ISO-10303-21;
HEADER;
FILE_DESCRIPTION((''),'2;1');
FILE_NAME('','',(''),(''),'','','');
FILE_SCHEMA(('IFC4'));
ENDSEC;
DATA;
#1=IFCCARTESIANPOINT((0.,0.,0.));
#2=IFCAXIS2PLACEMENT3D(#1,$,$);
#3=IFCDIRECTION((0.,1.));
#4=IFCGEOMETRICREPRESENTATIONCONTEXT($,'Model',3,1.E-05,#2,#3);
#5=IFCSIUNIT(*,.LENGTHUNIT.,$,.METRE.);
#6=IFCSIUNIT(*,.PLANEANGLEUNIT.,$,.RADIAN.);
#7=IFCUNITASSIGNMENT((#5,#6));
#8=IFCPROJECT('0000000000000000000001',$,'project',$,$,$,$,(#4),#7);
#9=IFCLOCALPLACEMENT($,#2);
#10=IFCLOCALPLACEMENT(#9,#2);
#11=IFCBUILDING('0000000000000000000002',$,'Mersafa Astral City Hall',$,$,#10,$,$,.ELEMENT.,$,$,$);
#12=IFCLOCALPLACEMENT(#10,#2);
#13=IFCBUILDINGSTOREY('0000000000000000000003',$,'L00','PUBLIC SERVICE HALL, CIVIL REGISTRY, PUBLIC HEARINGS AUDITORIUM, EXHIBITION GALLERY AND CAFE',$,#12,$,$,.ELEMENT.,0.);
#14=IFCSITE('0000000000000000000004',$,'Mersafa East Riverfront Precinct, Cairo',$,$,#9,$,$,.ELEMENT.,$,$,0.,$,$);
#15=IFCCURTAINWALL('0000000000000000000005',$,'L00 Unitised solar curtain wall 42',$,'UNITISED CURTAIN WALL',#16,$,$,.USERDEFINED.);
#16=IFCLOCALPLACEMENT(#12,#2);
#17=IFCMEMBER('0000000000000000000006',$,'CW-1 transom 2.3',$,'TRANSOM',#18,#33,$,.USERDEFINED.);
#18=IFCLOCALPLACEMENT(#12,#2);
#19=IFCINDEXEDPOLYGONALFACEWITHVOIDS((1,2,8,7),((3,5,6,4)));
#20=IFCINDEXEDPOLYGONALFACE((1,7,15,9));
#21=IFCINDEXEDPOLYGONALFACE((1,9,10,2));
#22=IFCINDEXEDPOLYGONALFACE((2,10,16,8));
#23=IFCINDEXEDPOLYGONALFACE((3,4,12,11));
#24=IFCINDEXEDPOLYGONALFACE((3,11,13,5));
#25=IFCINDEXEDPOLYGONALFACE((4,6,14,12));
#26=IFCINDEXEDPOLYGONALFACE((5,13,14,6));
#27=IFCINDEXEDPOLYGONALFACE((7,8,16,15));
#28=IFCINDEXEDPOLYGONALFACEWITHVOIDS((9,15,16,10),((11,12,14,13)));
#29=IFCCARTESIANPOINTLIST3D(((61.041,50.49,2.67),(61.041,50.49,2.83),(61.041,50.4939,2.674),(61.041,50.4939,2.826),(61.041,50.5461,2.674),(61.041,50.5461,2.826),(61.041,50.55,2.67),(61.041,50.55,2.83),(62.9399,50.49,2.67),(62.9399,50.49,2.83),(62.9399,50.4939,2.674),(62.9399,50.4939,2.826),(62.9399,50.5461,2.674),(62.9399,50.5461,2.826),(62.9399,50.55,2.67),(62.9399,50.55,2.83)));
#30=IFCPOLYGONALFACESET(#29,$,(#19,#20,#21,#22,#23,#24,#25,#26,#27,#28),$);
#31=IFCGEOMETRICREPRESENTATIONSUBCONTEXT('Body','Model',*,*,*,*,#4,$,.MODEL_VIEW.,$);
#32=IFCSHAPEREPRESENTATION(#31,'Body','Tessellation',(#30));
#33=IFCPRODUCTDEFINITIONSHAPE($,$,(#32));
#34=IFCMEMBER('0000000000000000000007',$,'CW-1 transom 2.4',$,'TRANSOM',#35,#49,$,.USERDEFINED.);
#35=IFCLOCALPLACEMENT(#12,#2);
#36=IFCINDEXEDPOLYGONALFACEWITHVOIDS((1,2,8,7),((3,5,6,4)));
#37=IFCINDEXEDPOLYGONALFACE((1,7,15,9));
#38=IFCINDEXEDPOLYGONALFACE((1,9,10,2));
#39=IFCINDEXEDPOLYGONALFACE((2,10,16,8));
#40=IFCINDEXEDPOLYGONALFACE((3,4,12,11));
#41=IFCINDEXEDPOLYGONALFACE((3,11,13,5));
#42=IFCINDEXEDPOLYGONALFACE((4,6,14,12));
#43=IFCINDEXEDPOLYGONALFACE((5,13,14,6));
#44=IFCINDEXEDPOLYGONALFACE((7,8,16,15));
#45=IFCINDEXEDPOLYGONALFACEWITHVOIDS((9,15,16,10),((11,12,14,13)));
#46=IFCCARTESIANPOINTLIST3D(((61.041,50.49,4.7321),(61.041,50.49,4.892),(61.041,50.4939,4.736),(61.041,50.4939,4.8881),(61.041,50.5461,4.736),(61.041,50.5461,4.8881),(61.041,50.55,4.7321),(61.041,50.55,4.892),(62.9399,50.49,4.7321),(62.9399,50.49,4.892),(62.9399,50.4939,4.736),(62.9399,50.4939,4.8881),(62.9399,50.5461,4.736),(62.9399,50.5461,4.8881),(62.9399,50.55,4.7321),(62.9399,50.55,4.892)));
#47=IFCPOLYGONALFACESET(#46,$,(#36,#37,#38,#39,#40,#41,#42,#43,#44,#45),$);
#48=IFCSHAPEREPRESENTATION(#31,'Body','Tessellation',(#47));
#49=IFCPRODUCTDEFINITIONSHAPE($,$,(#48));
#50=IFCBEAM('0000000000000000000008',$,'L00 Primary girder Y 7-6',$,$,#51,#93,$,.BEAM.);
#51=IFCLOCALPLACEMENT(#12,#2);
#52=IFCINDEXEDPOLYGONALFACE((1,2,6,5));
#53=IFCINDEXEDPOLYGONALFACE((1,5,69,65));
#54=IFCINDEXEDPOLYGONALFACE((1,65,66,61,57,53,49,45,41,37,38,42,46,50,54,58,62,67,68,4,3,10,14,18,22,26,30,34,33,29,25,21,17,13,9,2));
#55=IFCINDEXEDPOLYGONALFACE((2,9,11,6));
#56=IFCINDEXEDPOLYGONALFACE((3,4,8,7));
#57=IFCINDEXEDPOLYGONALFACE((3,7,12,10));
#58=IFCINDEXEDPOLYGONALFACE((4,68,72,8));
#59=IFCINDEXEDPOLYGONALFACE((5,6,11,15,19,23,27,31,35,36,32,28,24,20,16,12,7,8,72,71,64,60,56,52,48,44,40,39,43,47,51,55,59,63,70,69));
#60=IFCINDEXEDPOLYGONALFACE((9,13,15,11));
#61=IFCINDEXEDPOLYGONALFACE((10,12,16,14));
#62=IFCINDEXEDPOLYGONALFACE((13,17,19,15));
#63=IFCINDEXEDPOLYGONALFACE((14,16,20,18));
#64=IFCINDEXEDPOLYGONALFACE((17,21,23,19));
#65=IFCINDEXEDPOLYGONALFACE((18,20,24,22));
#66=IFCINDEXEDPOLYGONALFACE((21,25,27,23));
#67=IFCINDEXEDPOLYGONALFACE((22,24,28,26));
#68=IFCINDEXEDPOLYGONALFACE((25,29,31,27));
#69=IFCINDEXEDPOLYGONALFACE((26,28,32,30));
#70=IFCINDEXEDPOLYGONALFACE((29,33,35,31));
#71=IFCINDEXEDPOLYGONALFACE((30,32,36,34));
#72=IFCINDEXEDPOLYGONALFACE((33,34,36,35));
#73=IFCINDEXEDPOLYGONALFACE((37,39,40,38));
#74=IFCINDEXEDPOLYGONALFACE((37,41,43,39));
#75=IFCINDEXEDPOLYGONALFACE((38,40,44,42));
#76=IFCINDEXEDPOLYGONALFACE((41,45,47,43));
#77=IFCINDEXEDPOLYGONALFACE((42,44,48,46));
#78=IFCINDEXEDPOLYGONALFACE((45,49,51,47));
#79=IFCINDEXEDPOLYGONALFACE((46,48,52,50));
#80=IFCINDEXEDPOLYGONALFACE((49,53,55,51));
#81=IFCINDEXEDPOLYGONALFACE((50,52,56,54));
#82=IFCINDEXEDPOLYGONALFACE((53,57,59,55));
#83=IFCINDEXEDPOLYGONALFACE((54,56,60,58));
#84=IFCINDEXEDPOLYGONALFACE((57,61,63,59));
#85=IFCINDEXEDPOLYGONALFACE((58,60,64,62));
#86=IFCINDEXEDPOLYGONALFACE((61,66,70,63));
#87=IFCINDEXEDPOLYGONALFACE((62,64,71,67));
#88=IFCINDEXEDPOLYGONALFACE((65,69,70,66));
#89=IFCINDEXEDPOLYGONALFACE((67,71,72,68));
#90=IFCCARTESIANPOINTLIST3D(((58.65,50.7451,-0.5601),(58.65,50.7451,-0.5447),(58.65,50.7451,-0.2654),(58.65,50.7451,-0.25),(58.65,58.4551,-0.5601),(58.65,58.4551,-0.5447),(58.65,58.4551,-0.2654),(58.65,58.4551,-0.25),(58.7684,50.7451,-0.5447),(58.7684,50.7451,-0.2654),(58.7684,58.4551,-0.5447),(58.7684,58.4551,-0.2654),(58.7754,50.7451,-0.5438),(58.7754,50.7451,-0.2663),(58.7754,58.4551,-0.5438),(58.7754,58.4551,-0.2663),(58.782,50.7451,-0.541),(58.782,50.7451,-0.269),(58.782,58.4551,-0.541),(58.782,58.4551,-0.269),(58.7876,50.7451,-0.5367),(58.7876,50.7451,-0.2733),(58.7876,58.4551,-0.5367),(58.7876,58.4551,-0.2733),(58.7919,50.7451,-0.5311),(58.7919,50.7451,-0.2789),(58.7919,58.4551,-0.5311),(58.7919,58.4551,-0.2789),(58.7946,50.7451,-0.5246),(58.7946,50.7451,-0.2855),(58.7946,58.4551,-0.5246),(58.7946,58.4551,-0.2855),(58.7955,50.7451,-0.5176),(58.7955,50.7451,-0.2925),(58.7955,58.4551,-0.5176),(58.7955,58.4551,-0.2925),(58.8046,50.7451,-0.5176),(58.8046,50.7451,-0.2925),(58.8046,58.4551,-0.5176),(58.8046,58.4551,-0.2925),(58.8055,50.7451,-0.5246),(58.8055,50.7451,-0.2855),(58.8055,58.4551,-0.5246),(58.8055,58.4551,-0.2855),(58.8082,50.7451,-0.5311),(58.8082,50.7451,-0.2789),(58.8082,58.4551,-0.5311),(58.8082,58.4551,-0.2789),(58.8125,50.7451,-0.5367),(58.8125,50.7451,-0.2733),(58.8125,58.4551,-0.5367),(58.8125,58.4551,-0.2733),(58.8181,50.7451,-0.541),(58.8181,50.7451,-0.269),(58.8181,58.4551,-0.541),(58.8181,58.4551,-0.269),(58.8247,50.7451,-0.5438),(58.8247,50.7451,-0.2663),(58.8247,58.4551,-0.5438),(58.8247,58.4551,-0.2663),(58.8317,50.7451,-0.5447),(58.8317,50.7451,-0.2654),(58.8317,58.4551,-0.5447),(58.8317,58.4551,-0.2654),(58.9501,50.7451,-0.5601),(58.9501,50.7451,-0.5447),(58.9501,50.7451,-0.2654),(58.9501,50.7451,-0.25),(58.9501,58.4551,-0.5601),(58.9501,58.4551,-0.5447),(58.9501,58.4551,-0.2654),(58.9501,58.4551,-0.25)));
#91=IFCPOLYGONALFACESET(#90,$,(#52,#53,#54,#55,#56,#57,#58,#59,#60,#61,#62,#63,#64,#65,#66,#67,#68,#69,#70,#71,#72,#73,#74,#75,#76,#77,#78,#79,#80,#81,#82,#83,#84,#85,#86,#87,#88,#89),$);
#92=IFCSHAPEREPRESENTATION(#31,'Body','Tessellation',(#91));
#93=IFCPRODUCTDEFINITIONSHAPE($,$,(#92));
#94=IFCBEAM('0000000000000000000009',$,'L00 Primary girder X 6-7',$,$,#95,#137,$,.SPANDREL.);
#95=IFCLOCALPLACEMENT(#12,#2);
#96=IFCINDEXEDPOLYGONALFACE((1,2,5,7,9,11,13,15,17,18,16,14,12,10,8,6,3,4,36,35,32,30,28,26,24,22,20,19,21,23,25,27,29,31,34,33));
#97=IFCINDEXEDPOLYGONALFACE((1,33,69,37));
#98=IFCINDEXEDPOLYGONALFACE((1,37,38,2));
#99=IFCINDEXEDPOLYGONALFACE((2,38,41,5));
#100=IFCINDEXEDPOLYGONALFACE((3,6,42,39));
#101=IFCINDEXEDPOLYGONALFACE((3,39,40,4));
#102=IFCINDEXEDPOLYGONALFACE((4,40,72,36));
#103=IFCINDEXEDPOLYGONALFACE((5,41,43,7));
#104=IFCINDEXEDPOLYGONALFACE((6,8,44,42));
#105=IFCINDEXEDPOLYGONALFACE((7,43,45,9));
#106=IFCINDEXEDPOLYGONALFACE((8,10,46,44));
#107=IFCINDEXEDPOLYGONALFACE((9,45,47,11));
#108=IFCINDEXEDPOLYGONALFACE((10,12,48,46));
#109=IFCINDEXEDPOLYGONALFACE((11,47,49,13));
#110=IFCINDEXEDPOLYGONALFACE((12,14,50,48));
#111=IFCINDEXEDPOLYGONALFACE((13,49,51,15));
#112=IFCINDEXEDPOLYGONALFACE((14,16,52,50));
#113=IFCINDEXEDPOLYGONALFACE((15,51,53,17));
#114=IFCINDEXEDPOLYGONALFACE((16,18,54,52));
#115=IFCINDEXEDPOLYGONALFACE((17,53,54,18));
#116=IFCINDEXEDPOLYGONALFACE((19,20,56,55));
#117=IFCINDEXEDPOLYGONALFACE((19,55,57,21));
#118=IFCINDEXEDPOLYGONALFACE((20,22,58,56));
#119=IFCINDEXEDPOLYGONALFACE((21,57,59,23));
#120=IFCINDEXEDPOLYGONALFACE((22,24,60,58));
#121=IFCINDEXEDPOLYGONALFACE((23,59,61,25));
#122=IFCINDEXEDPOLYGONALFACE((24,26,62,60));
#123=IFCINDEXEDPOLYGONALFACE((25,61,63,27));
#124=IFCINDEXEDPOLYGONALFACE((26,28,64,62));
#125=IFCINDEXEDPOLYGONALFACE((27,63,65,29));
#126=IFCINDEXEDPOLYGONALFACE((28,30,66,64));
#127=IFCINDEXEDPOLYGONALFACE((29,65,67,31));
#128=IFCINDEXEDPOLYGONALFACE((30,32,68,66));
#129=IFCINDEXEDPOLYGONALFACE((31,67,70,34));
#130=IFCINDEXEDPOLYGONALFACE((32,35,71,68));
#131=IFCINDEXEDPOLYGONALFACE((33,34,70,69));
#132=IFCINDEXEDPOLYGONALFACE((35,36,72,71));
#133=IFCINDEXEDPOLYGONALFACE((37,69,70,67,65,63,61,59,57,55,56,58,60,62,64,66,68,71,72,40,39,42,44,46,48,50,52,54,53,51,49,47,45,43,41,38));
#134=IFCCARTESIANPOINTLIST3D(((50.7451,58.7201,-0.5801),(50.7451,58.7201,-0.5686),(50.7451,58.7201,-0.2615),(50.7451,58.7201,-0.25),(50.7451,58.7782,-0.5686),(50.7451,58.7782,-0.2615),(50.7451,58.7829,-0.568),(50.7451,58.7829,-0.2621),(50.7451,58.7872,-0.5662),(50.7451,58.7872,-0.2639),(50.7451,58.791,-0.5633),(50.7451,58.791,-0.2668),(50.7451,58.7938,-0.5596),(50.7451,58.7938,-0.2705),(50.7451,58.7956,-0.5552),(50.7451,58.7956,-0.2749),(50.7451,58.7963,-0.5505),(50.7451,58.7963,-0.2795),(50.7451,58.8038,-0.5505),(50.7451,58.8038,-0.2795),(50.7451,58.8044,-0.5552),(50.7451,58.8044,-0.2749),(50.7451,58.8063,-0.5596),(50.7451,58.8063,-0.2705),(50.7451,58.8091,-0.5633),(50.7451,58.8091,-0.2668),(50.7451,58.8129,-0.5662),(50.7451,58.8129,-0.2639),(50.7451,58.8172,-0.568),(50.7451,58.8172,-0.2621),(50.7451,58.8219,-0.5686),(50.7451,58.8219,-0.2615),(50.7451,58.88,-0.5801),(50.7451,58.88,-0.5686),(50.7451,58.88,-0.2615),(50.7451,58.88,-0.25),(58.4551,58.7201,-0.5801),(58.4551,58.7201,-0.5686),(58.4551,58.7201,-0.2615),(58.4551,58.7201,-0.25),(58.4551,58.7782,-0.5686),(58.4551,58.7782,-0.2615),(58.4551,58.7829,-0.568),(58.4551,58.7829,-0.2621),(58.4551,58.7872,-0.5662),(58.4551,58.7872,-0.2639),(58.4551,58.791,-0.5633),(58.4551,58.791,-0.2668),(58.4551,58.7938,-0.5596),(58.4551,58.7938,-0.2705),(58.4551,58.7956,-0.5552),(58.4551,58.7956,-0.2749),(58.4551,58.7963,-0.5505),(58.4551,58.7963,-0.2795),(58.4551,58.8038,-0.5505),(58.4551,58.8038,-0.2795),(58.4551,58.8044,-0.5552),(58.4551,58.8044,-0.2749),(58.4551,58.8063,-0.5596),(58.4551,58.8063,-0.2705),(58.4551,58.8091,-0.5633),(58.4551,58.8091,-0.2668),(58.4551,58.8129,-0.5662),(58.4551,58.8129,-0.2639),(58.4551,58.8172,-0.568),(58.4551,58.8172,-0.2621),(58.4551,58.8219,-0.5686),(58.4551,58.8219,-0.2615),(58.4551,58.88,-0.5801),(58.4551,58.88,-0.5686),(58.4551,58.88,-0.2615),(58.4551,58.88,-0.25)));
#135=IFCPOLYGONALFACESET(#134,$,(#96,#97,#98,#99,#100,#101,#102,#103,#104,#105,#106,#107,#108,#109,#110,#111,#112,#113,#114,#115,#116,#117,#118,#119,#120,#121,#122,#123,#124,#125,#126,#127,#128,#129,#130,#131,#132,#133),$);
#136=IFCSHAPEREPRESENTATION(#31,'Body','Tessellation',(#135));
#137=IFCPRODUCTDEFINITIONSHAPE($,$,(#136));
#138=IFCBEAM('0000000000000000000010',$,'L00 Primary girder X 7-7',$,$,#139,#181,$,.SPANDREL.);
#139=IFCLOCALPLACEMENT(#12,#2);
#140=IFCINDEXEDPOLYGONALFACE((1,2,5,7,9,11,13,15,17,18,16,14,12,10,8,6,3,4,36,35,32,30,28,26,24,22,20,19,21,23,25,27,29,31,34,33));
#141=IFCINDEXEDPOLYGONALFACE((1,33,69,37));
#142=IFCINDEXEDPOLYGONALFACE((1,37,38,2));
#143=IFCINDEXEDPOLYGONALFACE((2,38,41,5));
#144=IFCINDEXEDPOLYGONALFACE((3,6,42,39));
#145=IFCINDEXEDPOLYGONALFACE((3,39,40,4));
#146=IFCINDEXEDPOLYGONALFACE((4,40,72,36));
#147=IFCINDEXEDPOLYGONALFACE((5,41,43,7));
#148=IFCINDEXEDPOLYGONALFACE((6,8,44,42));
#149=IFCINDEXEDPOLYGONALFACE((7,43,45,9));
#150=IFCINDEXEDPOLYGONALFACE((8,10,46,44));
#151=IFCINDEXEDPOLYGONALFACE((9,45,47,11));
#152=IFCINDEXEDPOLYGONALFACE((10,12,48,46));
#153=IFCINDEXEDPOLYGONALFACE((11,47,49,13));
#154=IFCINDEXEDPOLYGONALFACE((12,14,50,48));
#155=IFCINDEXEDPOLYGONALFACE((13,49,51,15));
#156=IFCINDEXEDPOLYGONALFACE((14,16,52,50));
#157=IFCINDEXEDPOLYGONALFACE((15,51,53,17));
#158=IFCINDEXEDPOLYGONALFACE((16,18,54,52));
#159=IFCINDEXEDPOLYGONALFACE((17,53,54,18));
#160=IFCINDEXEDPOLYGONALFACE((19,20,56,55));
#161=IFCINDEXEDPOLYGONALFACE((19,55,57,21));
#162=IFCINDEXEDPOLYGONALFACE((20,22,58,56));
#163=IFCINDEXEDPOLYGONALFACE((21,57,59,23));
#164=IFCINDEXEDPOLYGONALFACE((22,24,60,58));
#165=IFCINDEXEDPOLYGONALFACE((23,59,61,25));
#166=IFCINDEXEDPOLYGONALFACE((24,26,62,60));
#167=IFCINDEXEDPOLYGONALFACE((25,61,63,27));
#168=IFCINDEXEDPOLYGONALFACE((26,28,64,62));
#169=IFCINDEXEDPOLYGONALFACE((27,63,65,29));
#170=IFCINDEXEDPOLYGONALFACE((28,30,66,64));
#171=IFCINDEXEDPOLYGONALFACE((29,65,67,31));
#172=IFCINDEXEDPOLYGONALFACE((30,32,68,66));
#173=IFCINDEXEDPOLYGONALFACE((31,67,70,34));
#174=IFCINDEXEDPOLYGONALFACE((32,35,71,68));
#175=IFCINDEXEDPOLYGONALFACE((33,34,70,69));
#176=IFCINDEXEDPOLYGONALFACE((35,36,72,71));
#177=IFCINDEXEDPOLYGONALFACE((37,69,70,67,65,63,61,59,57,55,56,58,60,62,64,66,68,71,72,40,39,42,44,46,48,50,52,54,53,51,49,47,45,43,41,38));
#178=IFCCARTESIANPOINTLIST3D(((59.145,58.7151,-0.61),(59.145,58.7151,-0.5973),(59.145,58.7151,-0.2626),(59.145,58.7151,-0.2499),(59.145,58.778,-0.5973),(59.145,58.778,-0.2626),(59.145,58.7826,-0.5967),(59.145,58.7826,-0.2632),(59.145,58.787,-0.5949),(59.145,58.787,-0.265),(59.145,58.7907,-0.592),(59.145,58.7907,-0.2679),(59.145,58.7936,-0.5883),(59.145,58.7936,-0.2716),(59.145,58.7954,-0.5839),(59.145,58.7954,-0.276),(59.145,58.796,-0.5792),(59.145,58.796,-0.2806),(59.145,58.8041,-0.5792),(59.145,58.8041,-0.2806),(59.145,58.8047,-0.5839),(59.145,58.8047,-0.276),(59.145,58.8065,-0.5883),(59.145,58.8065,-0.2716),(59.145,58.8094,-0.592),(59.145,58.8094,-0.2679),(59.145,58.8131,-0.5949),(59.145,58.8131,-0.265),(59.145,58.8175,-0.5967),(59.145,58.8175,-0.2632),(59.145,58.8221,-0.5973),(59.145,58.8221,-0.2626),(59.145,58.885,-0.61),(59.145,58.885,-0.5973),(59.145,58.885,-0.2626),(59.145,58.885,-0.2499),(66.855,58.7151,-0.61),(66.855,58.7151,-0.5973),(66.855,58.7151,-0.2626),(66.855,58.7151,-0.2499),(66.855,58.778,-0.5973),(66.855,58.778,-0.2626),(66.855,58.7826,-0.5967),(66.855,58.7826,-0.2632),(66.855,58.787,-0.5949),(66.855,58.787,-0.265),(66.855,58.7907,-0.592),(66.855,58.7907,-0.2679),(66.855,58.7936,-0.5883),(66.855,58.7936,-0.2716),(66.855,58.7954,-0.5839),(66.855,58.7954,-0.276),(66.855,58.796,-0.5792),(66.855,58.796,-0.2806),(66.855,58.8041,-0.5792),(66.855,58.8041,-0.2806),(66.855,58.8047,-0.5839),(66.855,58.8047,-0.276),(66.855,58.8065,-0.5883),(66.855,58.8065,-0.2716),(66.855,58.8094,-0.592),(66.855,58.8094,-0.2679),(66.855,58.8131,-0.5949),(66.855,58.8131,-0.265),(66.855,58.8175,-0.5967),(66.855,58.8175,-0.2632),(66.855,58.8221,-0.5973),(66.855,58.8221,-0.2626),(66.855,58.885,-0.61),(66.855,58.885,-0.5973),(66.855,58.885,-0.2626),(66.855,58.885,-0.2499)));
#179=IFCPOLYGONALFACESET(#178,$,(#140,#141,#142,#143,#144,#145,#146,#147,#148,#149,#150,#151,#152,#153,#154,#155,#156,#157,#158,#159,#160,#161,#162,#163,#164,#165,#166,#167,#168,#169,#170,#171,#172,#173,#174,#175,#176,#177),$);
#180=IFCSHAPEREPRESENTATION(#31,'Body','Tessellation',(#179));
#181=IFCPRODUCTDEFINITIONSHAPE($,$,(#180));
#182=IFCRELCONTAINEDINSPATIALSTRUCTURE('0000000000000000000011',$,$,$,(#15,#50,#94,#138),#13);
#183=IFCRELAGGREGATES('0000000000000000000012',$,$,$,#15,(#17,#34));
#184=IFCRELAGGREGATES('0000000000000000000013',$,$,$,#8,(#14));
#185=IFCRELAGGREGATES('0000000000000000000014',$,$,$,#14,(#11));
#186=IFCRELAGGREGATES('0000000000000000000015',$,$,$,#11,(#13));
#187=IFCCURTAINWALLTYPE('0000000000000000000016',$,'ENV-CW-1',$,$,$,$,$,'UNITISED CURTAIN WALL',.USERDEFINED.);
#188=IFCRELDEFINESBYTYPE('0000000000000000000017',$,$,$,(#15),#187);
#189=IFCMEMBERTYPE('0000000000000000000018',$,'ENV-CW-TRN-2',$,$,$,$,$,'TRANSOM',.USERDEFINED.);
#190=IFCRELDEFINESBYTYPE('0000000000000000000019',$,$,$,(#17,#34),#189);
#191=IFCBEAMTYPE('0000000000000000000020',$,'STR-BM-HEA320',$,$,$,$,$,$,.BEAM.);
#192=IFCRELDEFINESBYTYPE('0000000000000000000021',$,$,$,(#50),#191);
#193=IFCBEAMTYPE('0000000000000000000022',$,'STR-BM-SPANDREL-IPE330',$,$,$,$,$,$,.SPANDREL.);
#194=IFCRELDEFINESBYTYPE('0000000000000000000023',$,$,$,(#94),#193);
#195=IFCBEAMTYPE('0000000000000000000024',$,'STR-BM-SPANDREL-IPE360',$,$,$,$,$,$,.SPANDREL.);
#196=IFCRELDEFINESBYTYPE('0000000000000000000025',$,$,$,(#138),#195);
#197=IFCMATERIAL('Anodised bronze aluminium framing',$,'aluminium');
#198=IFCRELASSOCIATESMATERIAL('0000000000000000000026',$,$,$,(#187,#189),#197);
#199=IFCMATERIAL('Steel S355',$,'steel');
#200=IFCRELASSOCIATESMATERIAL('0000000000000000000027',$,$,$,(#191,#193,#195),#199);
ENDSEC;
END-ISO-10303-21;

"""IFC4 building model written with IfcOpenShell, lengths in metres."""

from ifc_helpers import new_model, si_unit, direction, frame, origin, origin_2d, place, context, subcontext, project, spatial, hollow_rectangle, i_section, extrude, material, material_profile, profile_set, type_object, element, aggregate, save


model = new_model("IFC4")

# Units and contexts
model_context = context("Model", 3, precision=1e-05, world=origin(), true_north=direction((0.0, 1.0)))
body_context = subcontext(model_context, "Body", "Model", "MODEL_VIEW")
ifc_project = project(units=[si_unit("LENGTHUNIT", "METRE"), si_unit("PLANEANGLEUNIT", "RADIAN")], contexts=[model_context])

# Site, building, storey
site_placement = place(None, origin())
site = spatial("IfcSite", under=ifc_project, at=site_placement, Name="Mersafa East Riverfront Precinct, Cairo", CompositionType="ELEMENT", RefElevation=0.0)
building_placement = place(site_placement, origin())
building = spatial("IfcBuilding", under=site, at=building_placement, Name="Mersafa Astral City Hall", CompositionType="ELEMENT")
storey_placement = place(building_placement, origin())
storey = spatial("IfcBuildingStorey", under=building, at=storey_placement, Name="L00", Description="PUBLIC SERVICE HALL, CIVIL REGISTRY, PUBLIC HEARINGS AUDITORIUM, EXHIBITION GALLERY AND CAFE", CompositionType="ELEMENT", Elevation=0.0)

# Shared definitions
ifc_material_1 = material(Name="Steel S355", Category="steel")

# Curtain wall, members
ifc_material_2 = material(Name="Anodised bronze aluminium framing", Category="aluminium")
curtain_wall_type = type_object("IfcCurtainWallType", Name="ENV-CW-1", ElementType="UNITISED CURTAIN WALL", PredefinedType="USERDEFINED", material=ifc_material_2)
curtain_wall_placement = place(storey_placement, origin())
curtain_wall = element("IfcCurtainWall", 1, at=curtain_wall_placement, inside=storey, type_object=curtain_wall_type, Name="L00 Unitised solar curtain wall 42", ObjectType="UNITISED CURTAIN WALL", PredefinedType="USERDEFINED")
ifc_material_profile_1 = material_profile(ifc_material_2, hollow_rectangle(XDim=0.0601, YDim=0.1599, WallThickness=0.0039, at=origin_2d()), Name="RHS 60x160x4")
ifc_profile_set_1 = profile_set([ifc_material_profile_1], Name="Anodised bronze aluminium framing")
member_type_1 = type_object("IfcMemberType", Name="ENV-CW-TRN-2", ElementType="TRANSOM", PredefinedType="USERDEFINED", material=ifc_profile_set_1)
member_1_placement = place(storey_placement, frame((61.041, 50.52, 2.75), z_axis=(1.0, 0.0, 0.0), x_axis=(0.0, 1.0, 0.0)))
member_1 = element("IfcMember", 2, at=member_1_placement, type_object=member_type_1, Name="CW-1 transom 2.3", ObjectType="TRANSOM", PredefinedType="USERDEFINED", context=body_context, shape_type="SweptSolid", body=[
    extrude(hollow_rectangle(XDim=0.0601, YDim=0.1599, WallThickness=0.0039, at=origin_2d()), origin(), (0.0, 0.0, 1.0), 1.8989),
])
member_2_placement = place(storey_placement, frame((61.041, 50.52, 4.812), z_axis=(1.0, 0.0, 0.0), x_axis=(0.0, 1.0, 0.0)))
member_2 = element("IfcMember", 3, at=member_2_placement, type_object=member_type_1, Name="CW-1 transom 2.4", ObjectType="TRANSOM", PredefinedType="USERDEFINED", context=body_context, shape_type="SweptSolid", body=[
    extrude(hollow_rectangle(XDim=0.0601, YDim=0.1599, WallThickness=0.0039, at=origin_2d()), origin(), (0.0, 0.0, 1.0), 1.8989),
])

# Beams
ifc_material_profile_2 = material_profile(ifc_material_1, i_section(OverallWidth=0.3, OverallDepth=0.3101, WebThickness=0.009, FlangeThickness=0.0154, FilletRadius=0.0271, at=origin_2d()), Name="HEA 320")
ifc_profile_set_2 = profile_set([ifc_material_profile_2], Name="Steel S355")
beam_type_1 = type_object("IfcBeamType", Name="STR-BM-HEA320", PredefinedType="BEAM", material=ifc_profile_set_2)
beam_1_placement = place(storey_placement, frame((58.8, 50.7451, -0.405), z_axis=(0.0, 1.0, 0.0), x_axis=(-1.0, 0.0, 0.0)))
element("IfcBeam", 4, at=beam_1_placement, inside=storey, type_object=beam_type_1, Name="L00 Primary girder Y 7-6", PredefinedType="BEAM", context=body_context, shape_type="SweptSolid", body=[
    extrude(i_section(OverallWidth=0.3, OverallDepth=0.3101, WebThickness=0.009, FlangeThickness=0.0154, FilletRadius=0.0271, at=origin_2d()), origin(), (0.0, 0.0, 1.0), 7.71),
])
ifc_material_profile_3 = material_profile(ifc_material_1, i_section(OverallWidth=0.1599, OverallDepth=0.3301, WebThickness=0.0076, FlangeThickness=0.0115, FilletRadius=0.0181, at=origin_2d()), Name="IPE 330")
ifc_profile_set_3 = profile_set([ifc_material_profile_3], Name="Steel S355")
beam_type_2 = type_object("IfcBeamType", Name="STR-BM-SPANDREL-IPE330", PredefinedType="SPANDREL", material=ifc_profile_set_3)
beam_2_placement = place(storey_placement, frame((50.7451, 58.8, -0.415), z_axis=(1.0, 0.0, 0.0), x_axis=(0.0, 1.0, 0.0)))
element("IfcBeam", 5, at=beam_2_placement, inside=storey, type_object=beam_type_2, Name="L00 Primary girder X 6-7", PredefinedType="SPANDREL", context=body_context, shape_type="SweptSolid", body=[
    extrude(i_section(OverallWidth=0.1599, OverallDepth=0.3301, WebThickness=0.0076, FlangeThickness=0.0115, FilletRadius=0.0181, at=origin_2d()), origin(), (0.0, 0.0, 1.0), 7.71),
])
ifc_material_profile_4 = material_profile(ifc_material_1, i_section(OverallWidth=0.1699, OverallDepth=0.3601, WebThickness=0.0081, FlangeThickness=0.0127, FilletRadius=0.0181, at=origin_2d()), Name="IPE 360")
ifc_profile_set_4 = profile_set([ifc_material_profile_4], Name="Steel S355")
beam_type_3 = type_object("IfcBeamType", Name="STR-BM-SPANDREL-IPE360", PredefinedType="SPANDREL", material=ifc_profile_set_4)
beam_3_placement = place(storey_placement, frame((59.145, 58.8, -0.4299), z_axis=(1.0, 0.0, 0.0), x_axis=(0.0, 1.0, 0.0)))
element("IfcBeam", 6, at=beam_3_placement, inside=storey, type_object=beam_type_3, Name="L00 Primary girder X 7-7", PredefinedType="SPANDREL", context=body_context, shape_type="SweptSolid", body=[
    extrude(i_section(OverallWidth=0.1699, OverallDepth=0.3601, WebThickness=0.0081, FlangeThickness=0.0127, FilletRadius=0.0181, at=origin_2d()), origin(), (0.0, 0.0, 1.0), 7.71),
])

aggregate(curtain_wall, [member_1, member_2])

save(model, "model.ifc")
